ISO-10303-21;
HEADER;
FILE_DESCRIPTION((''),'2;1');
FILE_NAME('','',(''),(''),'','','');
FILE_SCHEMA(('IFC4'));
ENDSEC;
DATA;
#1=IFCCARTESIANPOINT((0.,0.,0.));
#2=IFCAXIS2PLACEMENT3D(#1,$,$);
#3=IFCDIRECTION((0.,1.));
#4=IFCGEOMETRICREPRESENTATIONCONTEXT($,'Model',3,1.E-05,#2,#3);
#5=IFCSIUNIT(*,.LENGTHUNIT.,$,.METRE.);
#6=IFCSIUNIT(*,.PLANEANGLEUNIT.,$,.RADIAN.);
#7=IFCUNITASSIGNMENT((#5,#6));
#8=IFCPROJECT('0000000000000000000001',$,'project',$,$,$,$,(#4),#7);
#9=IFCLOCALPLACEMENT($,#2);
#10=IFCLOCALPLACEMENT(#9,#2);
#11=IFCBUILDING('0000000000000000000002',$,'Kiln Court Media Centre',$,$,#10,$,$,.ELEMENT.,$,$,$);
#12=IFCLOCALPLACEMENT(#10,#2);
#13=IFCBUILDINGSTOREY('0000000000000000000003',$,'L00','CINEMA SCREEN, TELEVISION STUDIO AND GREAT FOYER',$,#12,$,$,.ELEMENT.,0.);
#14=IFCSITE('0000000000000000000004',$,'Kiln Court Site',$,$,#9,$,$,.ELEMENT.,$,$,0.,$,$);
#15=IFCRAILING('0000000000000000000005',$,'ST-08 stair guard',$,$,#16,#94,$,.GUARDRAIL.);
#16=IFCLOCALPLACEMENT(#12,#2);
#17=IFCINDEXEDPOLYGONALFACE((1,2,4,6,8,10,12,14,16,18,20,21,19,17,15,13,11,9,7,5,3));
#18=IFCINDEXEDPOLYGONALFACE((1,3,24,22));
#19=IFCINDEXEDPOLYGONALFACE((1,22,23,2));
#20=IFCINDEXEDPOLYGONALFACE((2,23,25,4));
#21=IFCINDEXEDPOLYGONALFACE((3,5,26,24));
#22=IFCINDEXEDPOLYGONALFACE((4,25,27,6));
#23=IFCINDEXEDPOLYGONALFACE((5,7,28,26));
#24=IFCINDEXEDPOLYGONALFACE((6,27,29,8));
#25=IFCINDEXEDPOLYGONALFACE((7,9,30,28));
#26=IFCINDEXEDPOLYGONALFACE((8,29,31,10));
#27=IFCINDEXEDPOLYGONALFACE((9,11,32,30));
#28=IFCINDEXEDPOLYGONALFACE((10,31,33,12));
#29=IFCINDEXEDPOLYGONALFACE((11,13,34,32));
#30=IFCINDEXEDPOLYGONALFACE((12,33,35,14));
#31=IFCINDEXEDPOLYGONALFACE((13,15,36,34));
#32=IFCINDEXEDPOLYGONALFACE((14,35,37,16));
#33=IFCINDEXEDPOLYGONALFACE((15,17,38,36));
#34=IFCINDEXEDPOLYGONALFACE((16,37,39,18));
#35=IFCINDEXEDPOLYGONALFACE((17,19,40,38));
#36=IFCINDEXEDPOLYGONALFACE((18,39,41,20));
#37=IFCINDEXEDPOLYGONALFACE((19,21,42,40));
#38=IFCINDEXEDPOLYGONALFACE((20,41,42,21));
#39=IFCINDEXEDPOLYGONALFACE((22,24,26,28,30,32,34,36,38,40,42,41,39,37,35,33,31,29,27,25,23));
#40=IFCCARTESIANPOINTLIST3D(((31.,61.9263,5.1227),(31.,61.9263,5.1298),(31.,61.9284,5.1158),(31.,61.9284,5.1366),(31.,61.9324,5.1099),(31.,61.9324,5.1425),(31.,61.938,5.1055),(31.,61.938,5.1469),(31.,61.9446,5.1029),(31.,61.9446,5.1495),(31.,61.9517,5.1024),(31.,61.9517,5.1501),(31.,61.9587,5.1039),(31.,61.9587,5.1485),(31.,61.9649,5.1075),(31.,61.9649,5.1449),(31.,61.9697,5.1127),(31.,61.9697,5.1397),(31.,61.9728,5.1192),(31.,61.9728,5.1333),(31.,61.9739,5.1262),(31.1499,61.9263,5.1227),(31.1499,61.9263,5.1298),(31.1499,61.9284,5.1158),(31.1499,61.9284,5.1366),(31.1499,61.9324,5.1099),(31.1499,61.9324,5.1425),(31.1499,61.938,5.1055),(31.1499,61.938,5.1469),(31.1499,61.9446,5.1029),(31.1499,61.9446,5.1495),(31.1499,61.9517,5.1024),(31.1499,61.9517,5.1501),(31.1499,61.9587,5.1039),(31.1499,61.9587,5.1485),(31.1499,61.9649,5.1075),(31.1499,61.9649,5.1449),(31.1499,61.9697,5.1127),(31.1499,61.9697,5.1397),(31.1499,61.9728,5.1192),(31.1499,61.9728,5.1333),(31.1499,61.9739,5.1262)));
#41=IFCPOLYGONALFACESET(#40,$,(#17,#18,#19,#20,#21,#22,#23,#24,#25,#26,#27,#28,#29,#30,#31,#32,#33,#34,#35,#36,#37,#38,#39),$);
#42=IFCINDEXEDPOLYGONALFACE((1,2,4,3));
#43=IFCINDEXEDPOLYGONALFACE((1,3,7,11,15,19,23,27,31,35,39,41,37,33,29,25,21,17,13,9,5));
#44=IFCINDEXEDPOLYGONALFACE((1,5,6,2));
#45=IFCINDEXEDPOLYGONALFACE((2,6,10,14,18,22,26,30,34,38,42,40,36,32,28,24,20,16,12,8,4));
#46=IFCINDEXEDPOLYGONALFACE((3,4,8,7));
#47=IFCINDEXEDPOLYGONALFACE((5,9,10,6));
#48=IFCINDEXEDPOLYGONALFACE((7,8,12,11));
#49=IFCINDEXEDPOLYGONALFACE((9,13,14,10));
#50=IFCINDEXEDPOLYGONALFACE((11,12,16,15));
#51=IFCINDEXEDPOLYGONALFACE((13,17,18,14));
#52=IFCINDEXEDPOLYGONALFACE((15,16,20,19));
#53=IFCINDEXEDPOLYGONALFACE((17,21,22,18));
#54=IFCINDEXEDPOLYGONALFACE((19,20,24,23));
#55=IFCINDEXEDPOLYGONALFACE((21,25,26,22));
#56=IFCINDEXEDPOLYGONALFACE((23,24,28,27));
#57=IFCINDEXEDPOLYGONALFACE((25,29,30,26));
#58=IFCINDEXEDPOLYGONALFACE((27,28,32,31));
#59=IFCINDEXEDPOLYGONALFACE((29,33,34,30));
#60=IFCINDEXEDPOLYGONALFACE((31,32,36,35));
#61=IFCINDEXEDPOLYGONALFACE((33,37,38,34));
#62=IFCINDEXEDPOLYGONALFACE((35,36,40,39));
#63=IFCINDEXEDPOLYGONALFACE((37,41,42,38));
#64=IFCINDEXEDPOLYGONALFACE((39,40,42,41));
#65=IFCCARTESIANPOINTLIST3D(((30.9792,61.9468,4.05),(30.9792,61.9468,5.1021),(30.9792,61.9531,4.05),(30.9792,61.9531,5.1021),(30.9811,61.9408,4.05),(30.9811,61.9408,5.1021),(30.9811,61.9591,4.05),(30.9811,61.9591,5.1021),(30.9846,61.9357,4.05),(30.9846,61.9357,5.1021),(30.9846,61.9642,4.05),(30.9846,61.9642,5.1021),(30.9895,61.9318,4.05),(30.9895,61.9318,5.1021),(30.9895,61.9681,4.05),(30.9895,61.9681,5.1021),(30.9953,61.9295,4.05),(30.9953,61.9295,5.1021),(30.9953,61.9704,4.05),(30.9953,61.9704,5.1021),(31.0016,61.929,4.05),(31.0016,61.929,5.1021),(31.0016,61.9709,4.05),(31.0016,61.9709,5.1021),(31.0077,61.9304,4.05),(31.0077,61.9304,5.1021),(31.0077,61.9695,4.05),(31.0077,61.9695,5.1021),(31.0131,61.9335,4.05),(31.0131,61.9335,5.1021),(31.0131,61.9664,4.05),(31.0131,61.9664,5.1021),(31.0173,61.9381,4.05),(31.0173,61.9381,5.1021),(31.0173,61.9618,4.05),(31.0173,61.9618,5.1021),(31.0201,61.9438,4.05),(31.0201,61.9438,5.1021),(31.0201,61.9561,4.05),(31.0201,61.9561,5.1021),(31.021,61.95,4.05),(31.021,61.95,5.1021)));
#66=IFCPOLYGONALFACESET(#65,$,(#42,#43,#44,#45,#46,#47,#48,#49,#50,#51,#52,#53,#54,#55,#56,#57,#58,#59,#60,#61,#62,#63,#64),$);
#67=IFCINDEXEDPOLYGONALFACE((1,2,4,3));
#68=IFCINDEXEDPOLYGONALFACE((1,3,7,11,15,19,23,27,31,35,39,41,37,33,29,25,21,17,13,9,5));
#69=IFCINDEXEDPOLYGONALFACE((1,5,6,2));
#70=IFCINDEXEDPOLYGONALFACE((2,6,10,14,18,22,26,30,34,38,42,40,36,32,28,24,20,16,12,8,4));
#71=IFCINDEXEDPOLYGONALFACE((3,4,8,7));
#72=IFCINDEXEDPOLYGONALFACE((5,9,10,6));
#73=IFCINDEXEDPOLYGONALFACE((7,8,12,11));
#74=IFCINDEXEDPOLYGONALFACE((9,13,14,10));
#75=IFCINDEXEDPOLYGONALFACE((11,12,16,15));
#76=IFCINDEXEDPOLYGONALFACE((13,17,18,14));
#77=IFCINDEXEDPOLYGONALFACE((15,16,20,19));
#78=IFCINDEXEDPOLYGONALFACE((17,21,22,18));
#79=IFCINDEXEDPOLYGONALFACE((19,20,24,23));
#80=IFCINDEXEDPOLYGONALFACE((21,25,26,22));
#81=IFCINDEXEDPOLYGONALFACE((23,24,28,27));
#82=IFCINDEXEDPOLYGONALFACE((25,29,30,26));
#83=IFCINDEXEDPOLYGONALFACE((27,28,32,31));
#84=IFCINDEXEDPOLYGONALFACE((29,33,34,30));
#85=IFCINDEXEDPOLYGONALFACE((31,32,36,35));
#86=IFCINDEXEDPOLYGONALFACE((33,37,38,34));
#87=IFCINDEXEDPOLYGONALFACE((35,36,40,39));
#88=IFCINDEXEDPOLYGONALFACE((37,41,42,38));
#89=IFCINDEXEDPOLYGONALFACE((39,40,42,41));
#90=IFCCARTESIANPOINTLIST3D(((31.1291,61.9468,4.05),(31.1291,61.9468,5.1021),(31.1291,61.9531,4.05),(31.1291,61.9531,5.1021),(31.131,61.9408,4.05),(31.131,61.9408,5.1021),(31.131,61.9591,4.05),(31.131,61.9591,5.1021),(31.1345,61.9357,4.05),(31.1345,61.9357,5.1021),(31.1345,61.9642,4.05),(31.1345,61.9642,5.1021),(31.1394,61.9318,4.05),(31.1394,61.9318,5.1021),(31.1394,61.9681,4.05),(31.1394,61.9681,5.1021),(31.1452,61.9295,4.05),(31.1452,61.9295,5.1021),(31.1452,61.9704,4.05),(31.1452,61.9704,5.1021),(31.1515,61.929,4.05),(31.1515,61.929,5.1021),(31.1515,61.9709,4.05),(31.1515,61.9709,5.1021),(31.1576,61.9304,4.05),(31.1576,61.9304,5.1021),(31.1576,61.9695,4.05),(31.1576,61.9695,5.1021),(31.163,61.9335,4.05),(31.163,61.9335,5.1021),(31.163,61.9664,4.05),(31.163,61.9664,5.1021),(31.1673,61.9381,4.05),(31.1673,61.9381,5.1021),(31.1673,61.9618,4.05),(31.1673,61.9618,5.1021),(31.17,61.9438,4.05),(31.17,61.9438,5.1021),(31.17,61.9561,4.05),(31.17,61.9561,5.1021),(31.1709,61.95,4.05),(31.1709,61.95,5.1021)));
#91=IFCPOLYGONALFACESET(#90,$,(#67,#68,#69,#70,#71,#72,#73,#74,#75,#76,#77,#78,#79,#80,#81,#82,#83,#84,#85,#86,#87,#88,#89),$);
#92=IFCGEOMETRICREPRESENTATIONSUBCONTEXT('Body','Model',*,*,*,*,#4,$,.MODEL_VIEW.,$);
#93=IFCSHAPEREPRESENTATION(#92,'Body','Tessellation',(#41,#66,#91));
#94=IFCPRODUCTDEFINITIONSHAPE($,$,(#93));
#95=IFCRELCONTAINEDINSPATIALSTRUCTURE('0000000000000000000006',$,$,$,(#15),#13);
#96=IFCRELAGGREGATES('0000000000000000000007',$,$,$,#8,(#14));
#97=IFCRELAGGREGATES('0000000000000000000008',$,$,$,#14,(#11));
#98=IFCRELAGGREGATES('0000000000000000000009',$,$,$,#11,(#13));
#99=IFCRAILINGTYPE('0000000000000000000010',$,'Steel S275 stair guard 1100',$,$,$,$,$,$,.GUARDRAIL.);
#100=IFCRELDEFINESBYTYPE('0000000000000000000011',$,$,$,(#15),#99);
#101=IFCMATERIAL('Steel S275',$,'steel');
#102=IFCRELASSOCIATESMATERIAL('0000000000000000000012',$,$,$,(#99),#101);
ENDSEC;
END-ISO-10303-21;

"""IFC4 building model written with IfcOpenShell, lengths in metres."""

from ifc_helpers import new_model, si_unit, direction, frame, origin, origin_2d, place, context, subcontext, project, spatial, circle, extrude, material, type_object, element, save


model = new_model("IFC4")

# Units and contexts
model_context = context("Model", 3, precision=1e-05, world=origin(), true_north=direction((0.0, 1.0)))
body_context = subcontext(model_context, "Body", "Model", "MODEL_VIEW")
ifc_project = project(units=[si_unit("LENGTHUNIT", "METRE"), si_unit("PLANEANGLEUNIT", "RADIAN")], contexts=[model_context])

# Site, building, storey
site_placement = place(None, origin())
site = spatial("IfcSite", under=ifc_project, at=site_placement, Name="Kiln Court Site", CompositionType="ELEMENT", RefElevation=0.0)
building_placement = place(site_placement, origin())
building = spatial("IfcBuilding", under=site, at=building_placement, Name="Kiln Court Media Centre", CompositionType="ELEMENT")
storey_placement = place(building_placement, origin())
storey = spatial("IfcBuildingStorey", under=building, at=storey_placement, Name="L00", Description="CINEMA SCREEN, TELEVISION STUDIO AND GREAT FOYER", CompositionType="ELEMENT", Elevation=0.0)

# Railing
ifc_material_1 = material(Name="Steel S275", Category="steel")
railing_type_1 = type_object("IfcRailingType", Name="Steel S275 stair guard 1100", PredefinedType="GUARDRAIL", material=ifc_material_1)
railing_1_placement = place(storey_placement, frame((31.0, 61.95, 4.05)))
element("IfcRailing", 1, at=railing_1_placement, inside=storey, type_object=railing_type_1, Name="ST-08 stair guard", PredefinedType="GUARDRAIL", context=body_context, shape_type="SweptSolid", body=[
    extrude(circle(Radius=0.0239, at=origin_2d()), frame((0.0, 0.0, 1.0762), z_axis=(1.0, 0.0, 0.0), x_axis=(0.0, 1.0, 0.0)), (0.0, 0.0, 1.0), 0.1499),
    extrude(circle(Radius=0.021, at=origin_2d()), origin(), (0.0, 0.0, 1.0), 1.052),
    extrude(circle(Radius=0.021, at=origin_2d()), frame((0.1499, 0.0, 0.0)), (0.0, 0.0, 1.0), 1.052),
])

save(model, "model.ifc")
